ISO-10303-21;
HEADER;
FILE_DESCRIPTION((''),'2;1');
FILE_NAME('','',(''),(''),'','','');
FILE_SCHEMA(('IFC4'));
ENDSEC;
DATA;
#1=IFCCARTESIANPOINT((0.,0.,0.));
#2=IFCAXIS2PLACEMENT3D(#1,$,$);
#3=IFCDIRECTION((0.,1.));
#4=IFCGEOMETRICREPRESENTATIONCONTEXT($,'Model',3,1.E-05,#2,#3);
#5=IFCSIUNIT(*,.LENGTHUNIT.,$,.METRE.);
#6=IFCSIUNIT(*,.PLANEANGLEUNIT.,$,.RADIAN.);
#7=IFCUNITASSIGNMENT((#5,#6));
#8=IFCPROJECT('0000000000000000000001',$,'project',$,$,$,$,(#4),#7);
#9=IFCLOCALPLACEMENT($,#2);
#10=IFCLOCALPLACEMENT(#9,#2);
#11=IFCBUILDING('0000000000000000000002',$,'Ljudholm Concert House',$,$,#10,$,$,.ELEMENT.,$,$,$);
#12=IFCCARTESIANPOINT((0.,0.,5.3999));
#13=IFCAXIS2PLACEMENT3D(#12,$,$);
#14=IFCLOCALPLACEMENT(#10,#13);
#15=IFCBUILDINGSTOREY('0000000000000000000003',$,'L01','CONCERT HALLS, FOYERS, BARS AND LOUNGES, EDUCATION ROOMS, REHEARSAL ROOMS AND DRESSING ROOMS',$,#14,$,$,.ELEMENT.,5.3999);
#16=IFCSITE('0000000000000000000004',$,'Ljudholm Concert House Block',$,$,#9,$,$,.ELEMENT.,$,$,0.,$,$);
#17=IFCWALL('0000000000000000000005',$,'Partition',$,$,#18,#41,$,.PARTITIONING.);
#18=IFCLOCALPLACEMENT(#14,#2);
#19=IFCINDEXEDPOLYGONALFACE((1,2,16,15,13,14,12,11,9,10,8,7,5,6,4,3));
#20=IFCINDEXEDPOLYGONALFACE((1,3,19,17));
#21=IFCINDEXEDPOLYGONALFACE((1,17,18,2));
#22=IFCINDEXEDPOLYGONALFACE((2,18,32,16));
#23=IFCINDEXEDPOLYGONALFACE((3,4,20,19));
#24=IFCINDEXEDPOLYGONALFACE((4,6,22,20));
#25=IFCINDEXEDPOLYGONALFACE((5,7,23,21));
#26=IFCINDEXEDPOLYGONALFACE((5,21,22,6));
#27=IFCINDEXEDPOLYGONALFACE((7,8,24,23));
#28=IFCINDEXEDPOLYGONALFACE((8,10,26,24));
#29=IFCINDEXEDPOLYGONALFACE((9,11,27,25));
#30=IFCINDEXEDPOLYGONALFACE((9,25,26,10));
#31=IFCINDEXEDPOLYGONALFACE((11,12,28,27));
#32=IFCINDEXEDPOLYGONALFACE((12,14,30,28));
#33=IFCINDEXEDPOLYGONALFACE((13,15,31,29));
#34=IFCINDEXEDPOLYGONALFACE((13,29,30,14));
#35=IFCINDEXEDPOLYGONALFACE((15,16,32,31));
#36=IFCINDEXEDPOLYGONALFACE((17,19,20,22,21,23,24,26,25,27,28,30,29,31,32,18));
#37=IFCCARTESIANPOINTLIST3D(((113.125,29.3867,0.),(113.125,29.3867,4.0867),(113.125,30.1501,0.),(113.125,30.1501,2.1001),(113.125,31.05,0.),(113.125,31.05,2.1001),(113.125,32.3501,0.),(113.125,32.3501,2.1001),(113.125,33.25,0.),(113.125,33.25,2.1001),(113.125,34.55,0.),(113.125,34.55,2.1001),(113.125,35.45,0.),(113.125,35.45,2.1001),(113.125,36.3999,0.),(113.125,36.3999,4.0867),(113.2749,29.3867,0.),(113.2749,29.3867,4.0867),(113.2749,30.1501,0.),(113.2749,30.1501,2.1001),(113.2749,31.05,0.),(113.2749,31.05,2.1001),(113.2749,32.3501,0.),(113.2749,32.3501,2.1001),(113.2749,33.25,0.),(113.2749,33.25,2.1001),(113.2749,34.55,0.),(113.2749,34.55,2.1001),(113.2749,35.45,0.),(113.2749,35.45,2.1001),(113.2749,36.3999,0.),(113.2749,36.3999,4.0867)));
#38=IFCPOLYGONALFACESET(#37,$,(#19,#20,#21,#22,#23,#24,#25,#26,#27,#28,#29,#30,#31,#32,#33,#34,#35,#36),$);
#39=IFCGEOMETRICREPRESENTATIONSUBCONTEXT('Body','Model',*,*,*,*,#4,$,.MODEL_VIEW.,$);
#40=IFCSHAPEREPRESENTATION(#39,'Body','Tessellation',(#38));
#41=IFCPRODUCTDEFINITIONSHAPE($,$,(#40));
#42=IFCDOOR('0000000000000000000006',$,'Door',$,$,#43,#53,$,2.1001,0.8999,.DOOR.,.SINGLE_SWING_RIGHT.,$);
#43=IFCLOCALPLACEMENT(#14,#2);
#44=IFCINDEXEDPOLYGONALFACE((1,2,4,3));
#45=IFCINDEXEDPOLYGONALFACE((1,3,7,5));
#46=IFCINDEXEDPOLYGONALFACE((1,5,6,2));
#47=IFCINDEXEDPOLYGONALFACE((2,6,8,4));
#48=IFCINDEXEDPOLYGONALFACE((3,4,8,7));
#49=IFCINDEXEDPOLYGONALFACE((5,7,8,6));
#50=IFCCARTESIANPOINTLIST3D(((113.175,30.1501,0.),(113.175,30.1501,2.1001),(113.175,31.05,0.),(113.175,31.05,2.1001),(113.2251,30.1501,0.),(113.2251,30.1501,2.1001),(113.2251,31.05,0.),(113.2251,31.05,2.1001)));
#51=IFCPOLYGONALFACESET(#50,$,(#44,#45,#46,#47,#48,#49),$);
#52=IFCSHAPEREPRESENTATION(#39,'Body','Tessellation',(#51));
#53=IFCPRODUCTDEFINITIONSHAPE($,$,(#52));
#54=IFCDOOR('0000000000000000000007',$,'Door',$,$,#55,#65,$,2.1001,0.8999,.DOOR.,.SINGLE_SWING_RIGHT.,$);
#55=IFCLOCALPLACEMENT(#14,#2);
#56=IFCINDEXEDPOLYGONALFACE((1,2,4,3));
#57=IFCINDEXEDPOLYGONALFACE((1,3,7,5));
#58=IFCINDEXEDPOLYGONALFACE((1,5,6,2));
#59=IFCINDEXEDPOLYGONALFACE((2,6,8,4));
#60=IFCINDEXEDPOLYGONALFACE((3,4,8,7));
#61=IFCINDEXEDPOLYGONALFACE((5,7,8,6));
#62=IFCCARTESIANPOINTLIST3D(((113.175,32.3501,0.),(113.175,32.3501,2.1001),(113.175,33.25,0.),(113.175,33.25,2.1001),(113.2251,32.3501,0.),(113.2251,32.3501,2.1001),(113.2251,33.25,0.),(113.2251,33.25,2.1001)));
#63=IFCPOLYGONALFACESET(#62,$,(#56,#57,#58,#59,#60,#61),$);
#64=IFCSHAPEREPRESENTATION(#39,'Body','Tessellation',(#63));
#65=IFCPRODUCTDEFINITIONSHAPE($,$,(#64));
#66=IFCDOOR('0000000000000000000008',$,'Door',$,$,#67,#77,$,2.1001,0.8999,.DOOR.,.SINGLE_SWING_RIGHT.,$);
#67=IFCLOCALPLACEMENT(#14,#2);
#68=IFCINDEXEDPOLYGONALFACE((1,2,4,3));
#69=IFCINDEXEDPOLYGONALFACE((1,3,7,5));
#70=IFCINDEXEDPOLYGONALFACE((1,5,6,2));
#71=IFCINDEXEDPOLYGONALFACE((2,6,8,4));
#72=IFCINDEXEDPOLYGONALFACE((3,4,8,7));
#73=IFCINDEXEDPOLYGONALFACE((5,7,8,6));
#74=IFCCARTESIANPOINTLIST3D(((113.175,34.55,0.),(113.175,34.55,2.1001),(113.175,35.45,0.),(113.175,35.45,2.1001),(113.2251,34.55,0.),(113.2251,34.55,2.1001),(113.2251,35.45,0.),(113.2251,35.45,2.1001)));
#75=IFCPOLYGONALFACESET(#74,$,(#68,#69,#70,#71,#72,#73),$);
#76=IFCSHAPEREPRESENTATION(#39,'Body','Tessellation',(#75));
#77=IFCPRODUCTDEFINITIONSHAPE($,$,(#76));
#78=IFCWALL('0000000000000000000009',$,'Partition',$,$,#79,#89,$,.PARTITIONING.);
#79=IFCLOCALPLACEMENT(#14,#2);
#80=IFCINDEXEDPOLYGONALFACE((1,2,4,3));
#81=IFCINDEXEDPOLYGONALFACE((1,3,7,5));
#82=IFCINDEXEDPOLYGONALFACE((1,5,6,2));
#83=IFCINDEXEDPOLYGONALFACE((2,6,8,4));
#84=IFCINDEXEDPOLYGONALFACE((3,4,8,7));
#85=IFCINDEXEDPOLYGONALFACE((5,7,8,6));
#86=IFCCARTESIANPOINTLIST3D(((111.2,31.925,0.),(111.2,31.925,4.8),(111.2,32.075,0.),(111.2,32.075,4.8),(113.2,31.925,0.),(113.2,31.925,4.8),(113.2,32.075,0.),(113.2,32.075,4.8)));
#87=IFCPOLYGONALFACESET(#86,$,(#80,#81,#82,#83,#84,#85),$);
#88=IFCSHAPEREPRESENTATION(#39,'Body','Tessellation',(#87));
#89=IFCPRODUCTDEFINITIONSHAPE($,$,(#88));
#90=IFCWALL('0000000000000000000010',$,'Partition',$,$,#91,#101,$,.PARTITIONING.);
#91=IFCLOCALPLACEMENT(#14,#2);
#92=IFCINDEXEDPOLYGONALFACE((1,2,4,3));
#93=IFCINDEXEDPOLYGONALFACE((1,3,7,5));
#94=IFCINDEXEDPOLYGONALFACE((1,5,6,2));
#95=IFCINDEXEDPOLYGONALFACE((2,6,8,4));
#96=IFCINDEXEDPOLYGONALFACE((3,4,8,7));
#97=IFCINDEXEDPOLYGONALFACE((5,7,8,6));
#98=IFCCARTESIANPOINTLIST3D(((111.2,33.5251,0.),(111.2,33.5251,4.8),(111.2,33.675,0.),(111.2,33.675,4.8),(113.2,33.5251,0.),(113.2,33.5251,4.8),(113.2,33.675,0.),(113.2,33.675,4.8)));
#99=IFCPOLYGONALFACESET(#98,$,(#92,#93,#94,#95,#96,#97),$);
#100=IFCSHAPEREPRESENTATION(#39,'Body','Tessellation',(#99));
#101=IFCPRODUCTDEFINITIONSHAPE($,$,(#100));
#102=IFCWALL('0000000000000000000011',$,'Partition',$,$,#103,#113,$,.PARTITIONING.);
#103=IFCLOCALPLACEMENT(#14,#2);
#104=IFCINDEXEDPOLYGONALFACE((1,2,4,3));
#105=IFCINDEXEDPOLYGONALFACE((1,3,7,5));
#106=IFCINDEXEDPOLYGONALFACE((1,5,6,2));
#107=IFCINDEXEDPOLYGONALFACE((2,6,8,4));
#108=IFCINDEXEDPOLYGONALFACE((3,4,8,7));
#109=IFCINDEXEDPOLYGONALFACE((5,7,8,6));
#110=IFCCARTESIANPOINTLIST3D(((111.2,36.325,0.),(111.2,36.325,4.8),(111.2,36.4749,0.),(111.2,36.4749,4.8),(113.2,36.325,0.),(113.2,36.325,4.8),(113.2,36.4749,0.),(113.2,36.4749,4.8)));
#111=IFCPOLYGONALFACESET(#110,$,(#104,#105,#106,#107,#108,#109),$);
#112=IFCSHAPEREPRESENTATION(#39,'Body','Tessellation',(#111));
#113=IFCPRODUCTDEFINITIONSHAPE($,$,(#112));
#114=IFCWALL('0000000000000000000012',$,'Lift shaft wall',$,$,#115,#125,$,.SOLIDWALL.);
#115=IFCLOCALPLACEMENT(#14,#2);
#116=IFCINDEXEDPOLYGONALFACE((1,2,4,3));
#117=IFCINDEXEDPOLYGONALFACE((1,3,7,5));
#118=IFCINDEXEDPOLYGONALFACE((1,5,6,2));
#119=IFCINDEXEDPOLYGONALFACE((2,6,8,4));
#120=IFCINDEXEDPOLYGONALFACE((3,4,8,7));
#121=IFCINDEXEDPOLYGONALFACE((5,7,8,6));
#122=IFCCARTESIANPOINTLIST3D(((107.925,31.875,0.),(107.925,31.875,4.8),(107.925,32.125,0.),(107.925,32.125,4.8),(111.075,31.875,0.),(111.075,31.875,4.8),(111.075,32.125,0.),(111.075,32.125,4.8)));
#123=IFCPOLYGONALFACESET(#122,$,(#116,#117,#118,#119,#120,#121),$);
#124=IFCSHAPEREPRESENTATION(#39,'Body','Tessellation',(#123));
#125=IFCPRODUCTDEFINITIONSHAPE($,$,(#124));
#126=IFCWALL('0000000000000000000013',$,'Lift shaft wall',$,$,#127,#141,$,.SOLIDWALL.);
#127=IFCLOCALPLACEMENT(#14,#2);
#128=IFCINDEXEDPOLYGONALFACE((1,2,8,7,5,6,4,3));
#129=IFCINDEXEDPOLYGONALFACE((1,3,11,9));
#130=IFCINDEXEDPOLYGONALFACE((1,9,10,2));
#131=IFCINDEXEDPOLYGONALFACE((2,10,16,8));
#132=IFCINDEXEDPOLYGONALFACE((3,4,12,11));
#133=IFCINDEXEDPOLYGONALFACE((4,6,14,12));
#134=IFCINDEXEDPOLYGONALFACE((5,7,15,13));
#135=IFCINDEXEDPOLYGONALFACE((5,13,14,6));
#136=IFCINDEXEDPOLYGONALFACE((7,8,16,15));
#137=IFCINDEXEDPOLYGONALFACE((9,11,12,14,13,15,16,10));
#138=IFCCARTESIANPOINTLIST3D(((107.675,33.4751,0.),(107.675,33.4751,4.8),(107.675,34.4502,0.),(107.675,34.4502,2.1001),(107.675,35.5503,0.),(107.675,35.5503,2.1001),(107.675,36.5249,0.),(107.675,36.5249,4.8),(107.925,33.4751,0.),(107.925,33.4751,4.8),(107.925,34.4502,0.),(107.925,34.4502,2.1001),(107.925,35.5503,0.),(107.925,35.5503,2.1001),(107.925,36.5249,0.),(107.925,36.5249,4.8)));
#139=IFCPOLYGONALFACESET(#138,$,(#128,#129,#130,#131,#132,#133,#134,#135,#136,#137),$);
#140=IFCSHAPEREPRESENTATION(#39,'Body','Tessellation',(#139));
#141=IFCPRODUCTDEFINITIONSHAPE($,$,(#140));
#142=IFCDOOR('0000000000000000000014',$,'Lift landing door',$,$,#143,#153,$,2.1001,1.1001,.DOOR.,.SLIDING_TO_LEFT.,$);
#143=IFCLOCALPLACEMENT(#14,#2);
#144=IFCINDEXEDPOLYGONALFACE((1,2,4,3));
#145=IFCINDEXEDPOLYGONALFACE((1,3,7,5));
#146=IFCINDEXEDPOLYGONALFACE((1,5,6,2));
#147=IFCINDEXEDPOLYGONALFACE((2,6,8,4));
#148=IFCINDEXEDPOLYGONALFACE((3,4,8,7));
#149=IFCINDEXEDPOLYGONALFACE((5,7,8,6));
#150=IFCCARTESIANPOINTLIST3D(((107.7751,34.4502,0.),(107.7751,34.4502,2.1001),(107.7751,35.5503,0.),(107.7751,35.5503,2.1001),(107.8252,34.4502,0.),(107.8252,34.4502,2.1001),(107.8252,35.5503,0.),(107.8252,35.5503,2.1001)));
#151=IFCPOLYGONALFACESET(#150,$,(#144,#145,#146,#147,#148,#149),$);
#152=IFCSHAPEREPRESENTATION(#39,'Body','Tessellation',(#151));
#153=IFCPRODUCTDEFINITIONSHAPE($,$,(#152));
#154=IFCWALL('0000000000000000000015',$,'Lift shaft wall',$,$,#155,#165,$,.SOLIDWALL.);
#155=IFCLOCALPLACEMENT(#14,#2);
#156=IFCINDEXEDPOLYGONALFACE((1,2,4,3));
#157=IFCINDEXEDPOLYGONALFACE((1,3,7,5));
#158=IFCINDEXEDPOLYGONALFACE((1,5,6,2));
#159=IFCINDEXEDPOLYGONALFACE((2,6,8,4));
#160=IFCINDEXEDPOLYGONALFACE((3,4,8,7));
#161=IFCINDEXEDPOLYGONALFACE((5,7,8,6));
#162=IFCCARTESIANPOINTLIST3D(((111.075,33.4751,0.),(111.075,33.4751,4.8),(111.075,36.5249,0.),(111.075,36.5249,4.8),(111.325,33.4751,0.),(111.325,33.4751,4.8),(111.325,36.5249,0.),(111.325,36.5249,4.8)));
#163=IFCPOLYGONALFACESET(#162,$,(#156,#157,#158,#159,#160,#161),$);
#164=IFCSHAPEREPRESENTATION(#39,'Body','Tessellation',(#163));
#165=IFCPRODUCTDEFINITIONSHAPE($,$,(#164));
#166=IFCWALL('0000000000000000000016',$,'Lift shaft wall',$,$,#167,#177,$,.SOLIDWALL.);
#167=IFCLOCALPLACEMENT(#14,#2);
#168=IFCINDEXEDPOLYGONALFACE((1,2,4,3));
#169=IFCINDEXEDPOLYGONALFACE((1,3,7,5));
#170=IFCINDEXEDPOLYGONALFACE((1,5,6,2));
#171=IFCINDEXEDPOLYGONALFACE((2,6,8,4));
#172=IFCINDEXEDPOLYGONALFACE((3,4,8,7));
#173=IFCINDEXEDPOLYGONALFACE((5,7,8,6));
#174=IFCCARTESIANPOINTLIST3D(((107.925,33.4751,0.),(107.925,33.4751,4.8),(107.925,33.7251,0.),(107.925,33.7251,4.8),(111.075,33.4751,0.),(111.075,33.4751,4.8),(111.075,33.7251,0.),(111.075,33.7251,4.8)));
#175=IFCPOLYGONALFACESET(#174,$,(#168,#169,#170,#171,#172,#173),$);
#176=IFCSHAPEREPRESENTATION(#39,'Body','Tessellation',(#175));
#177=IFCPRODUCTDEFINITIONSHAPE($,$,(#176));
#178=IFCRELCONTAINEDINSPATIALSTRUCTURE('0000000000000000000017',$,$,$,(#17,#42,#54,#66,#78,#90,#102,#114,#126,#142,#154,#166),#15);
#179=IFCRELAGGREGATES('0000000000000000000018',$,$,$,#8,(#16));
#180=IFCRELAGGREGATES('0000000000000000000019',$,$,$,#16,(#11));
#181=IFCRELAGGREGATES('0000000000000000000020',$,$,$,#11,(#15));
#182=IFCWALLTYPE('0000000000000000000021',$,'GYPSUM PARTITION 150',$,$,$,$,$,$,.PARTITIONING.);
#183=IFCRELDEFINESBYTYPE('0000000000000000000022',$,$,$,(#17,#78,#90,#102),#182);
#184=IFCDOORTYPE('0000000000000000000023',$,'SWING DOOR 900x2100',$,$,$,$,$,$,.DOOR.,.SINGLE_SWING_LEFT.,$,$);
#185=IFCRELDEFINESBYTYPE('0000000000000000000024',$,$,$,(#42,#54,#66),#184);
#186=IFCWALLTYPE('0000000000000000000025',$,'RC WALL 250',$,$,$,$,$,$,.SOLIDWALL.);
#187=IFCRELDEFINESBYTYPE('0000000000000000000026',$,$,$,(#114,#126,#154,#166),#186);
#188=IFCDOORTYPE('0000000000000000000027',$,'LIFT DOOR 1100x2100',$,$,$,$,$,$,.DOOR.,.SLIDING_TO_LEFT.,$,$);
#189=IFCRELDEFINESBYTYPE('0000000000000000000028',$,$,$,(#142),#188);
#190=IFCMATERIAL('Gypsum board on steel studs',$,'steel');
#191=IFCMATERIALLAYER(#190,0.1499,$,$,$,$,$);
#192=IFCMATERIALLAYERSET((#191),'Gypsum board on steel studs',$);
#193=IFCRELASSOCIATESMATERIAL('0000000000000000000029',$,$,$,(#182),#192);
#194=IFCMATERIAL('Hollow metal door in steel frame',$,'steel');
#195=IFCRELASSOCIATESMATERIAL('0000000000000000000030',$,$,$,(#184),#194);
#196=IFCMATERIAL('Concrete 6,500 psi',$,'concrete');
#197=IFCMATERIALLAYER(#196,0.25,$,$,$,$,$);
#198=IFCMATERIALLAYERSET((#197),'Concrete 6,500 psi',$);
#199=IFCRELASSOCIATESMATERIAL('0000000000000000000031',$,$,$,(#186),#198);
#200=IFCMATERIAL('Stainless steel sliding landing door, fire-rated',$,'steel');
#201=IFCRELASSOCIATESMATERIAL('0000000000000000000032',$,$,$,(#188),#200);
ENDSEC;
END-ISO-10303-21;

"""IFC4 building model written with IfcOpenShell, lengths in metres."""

from ifc_helpers import new_model, si_unit, direction, frame, frame_2d, origin, place, context, subcontext, project, spatial, rectangle, extrude, material, layer, layer_set, type_object, element, fill, save


model = new_model("IFC4")

# Units and contexts
model_context = context("Model", 3, precision=1e-05, world=origin(), true_north=direction((0.0, 1.0)))
body_context = subcontext(model_context, "Body", "Model", "MODEL_VIEW")
ifc_project = project(units=[si_unit("LENGTHUNIT", "METRE"), si_unit("PLANEANGLEUNIT", "RADIAN")], contexts=[model_context])

# Site, building, storey
site_placement = place(None, origin())
site = spatial("IfcSite", under=ifc_project, at=site_placement, Name="Ljudholm Concert House Block", CompositionType="ELEMENT", RefElevation=0.0)
building_placement = place(site_placement, origin())
building = spatial("IfcBuilding", under=site, at=building_placement, Name="Ljudholm Concert House", CompositionType="ELEMENT")
storey_placement = place(building_placement, frame((0.0, 0.0, 5.3999)))
storey = spatial("IfcBuildingStorey", under=building, at=storey_placement, Name="L01", Description="CONCERT HALLS, FOYERS, BARS AND LOUNGES, EDUCATION ROOMS, REHEARSAL ROOMS AND DRESSING ROOMS", CompositionType="ELEMENT", Elevation=5.3999)

# Shared definitions
ifc_material_1 = material(Name="Gypsum board on steel studs", Category="steel")
ifc_layer_1 = layer(ifc_material_1, 0.1499)
ifc_layer_set_1 = layer_set([ifc_layer_1], Name="Gypsum board on steel studs")
wall_type_1 = type_object("IfcWallType", Name="GYPSUM PARTITION 150", PredefinedType="PARTITIONING", material=ifc_layer_set_1)

# Wall, openings, doors
wall_1_placement = place(storey_placement, frame((113.2, 29.3867, 0.0), z_axis=(0.0, 0.0, 1.0), x_axis=(0.0, 1.0, 0.0)))
wall_1 = element("IfcWall", 1, at=wall_1_placement, inside=storey, type_object=wall_type_1, Name="Partition", PredefinedType="PARTITIONING", context=body_context, shape_type="SweptSolid", body=[
    extrude(rectangle(XDim=7.0132, YDim=0.1499, at=frame_2d((3.5066, 0.0))), origin(), (0.0, 0.0, 1.0), 4.0867),
])
opening_1_placement = place(wall_1_placement, frame((0.7634, 0.0, 0.0)))
opening_1 = element("IfcOpeningElement", 2, at=opening_1_placement, cuts=wall_1, PredefinedType="OPENING", context=body_context, shape_type="SweptSolid", body=[
    extrude(rectangle(XDim=0.8999, YDim=2.1001, at=frame_2d((0.45, 1.05))), frame((0.0, 0.085, 0.0), z_axis=(0.0, -1.0, 0.0), x_axis=(1.0, 0.0, 0.0)), (0.0, 0.0, 1.0), 0.1699),
])
opening_2_placement = place(wall_1_placement, frame((2.9634, 0.0, 0.0)))
opening_2 = element("IfcOpeningElement", 3, at=opening_2_placement, cuts=wall_1, PredefinedType="OPENING", context=body_context, shape_type="SweptSolid", body=[
    extrude(rectangle(XDim=0.8999, YDim=2.1001, at=frame_2d((0.45, 1.05))), frame((0.0, 0.085, 0.0), z_axis=(0.0, -1.0, 0.0), x_axis=(1.0, 0.0, 0.0)), (0.0, 0.0, 1.0), 0.1699),
])
opening_3_placement = place(wall_1_placement, frame((5.1633, 0.0, 0.0)))
opening_3 = element("IfcOpeningElement", 4, at=opening_3_placement, cuts=wall_1, PredefinedType="OPENING", context=body_context, shape_type="SweptSolid", body=[
    extrude(rectangle(XDim=0.8999, YDim=2.1001, at=frame_2d((0.45, 1.05))), frame((0.0, 0.085, 0.0), z_axis=(0.0, -1.0, 0.0), x_axis=(1.0, 0.0, 0.0)), (0.0, 0.0, 1.0), 0.1699),
])
ifc_material_2 = material(Name="Hollow metal door in steel frame", Category="steel")
door_type_1 = type_object("IfcDoorType", Name="SWING DOOR 900x2100", OperationType="SINGLE_SWING_LEFT", PredefinedType="DOOR", material=ifc_material_2)
door_1_placement = place(opening_1_placement, origin())
door_1 = element("IfcDoor", 5, at=door_1_placement, inside=storey, type_object=door_type_1, Name="Door", OperationType="SINGLE_SWING_RIGHT", OverallHeight=2.1001, OverallWidth=0.8999, PredefinedType="DOOR", context=body_context, shape_type="SweptSolid", body=[
    extrude(rectangle(XDim=0.8999, YDim=2.1001, at=frame_2d((0.45, 1.05))), frame((0.0, 0.0249, 0.0), z_axis=(0.0, -1.0, 0.0), x_axis=(1.0, 0.0, 0.0)), (0.0, 0.0, 1.0), 0.05),
])
fill(opening_1, door_1)
door_2_placement = place(opening_2_placement, origin())
door_2 = element("IfcDoor", 6, at=door_2_placement, inside=storey, type_object=door_type_1, Name="Door", OperationType="SINGLE_SWING_RIGHT", OverallHeight=2.1001, OverallWidth=0.8999, PredefinedType="DOOR", context=body_context, shape_type="SweptSolid", body=[
    extrude(rectangle(XDim=0.8999, YDim=2.1001, at=frame_2d((0.45, 1.05))), frame((0.0, 0.0249, 0.0), z_axis=(0.0, -1.0, 0.0), x_axis=(1.0, 0.0, 0.0)), (0.0, 0.0, 1.0), 0.05),
])
fill(opening_2, door_2)
door_3_placement = place(opening_3_placement, origin())
door_3 = element("IfcDoor", 7, at=door_3_placement, inside=storey, type_object=door_type_1, Name="Door", OperationType="SINGLE_SWING_RIGHT", OverallHeight=2.1001, OverallWidth=0.8999, PredefinedType="DOOR", context=body_context, shape_type="SweptSolid", body=[
    extrude(rectangle(XDim=0.8999, YDim=2.1001, at=frame_2d((0.45, 1.05))), frame((0.0, 0.0249, 0.0), z_axis=(0.0, -1.0, 0.0), x_axis=(1.0, 0.0, 0.0)), (0.0, 0.0, 1.0), 0.05),
])
fill(opening_3, door_3)

# Walls
for number, where, z_axis, x_axis, name in (
    (8, (111.2, 32.0, 0.0), (0.0, 0.0, 1.0), (1.0, 0.0, 0.0), "Partition"),
    (9, (111.2, 33.6001, 0.0), (0.0, 0.0, 1.0), (1.0, 0.0, 0.0), "Partition"),
    (10, (111.2, 36.3999, 0.0), (0.0, 0.0, 1.0), (1.0, 0.0, 0.0), "Partition"),
):
    element("IfcWall", number, at=place(storey_placement, frame(where, z_axis=z_axis, x_axis=x_axis)), inside=storey, type_object=wall_type_1, Name=name, PredefinedType="PARTITIONING", context=body_context, shape_type="SweptSolid", body=[
        extrude(rectangle(XDim=2.0, YDim=0.1499, at=frame_2d((1.0, 0.0))), origin(), (0.0, 0.0, 1.0), 4.8),
    ])
ifc_material_3 = material(Name="Concrete 6,500 psi", Category="concrete")
ifc_layer_2 = layer(ifc_material_3, 0.25)
ifc_layer_set_2 = layer_set([ifc_layer_2], Name="Concrete 6,500 psi")
wall_type_2 = type_object("IfcWallType", Name="RC WALL 250", PredefinedType="SOLIDWALL", material=ifc_layer_set_2)
wall_2_placement = place(storey_placement, frame((107.925, 32.0, 0.0), z_axis=(0.0, 0.0, 1.0), x_axis=(1.0, 0.0, 0.0)))
element("IfcWall", 11, at=wall_2_placement, inside=storey, type_object=wall_type_2, Name="Lift shaft wall", PredefinedType="SOLIDWALL", context=body_context, shape_type="SweptSolid", body=[
    extrude(rectangle(XDim=3.1499, YDim=0.25, at=frame_2d((1.575, 0.0))), origin(), (0.0, 0.0, 1.0), 4.8),
])

# Wall, opening, door
wall_3_placement = place(storey_placement, frame((107.8, 33.4751, 0.0), z_axis=(0.0, 0.0, 1.0), x_axis=(0.0, 1.0, 0.0)))
wall_3 = element("IfcWall", 12, at=wall_3_placement, inside=storey, type_object=wall_type_2, Name="Lift shaft wall", PredefinedType="SOLIDWALL", context=body_context, shape_type="SweptSolid", body=[
    extrude(rectangle(XDim=3.0498, YDim=0.25, at=frame_2d((1.5249, 0.0))), origin(), (0.0, 0.0, 1.0), 4.8),
])
opening_4_placement = place(wall_3_placement, frame((0.9751, 0.0, 0.0)))
opening_4 = element("IfcOpeningElement", 13, at=opening_4_placement, cuts=wall_3, PredefinedType="OPENING", context=body_context, shape_type="SweptSolid", body=[
    extrude(rectangle(XDim=1.1001, YDim=2.1001, at=frame_2d((0.55, 1.05))), frame((0.0, 0.135, 0.0), z_axis=(0.0, -1.0, 0.0), x_axis=(1.0, 0.0, 0.0)), (0.0, 0.0, 1.0), 0.27),
])
ifc_material_4 = material(Name="Stainless steel sliding landing door, fire-rated", Category="steel")
door_type_2 = type_object("IfcDoorType", Name="LIFT DOOR 1100x2100", OperationType="SLIDING_TO_LEFT", PredefinedType="DOOR", material=ifc_material_4)
door_4_placement = place(opening_4_placement, origin())
door_4 = element("IfcDoor", 14, at=door_4_placement, inside=storey, type_object=door_type_2, Name="Lift landing door", OperationType="SLIDING_TO_LEFT", OverallHeight=2.1001, OverallWidth=1.1001, PredefinedType="DOOR", context=body_context, shape_type="SweptSolid", body=[
    extrude(rectangle(XDim=1.1001, YDim=2.1001, at=frame_2d((0.55, 1.05))), frame((0.0, 0.0249, 0.0), z_axis=(0.0, -1.0, 0.0), x_axis=(1.0, 0.0, 0.0)), (0.0, 0.0, 1.0), 0.05),
])
fill(opening_4, door_4)

# Walls
wall_4_placement = place(storey_placement, frame((111.2, 33.4751, 0.0), z_axis=(0.0, 0.0, 1.0), x_axis=(0.0, 1.0, 0.0)))
element("IfcWall", 15, at=wall_4_placement, inside=storey, type_object=wall_type_2, Name="Lift shaft wall", PredefinedType="SOLIDWALL", context=body_context, shape_type="SweptSolid", body=[
    extrude(rectangle(XDim=3.0498, YDim=0.25, at=frame_2d((1.5249, 0.0))), origin(), (0.0, 0.0, 1.0), 4.8),
])
for number, where, z_axis, x_axis, name in (
    (16, (107.925, 33.6001, 0.0), (0.0, 0.0, 1.0), (1.0, 0.0, 0.0), "Lift shaft wall"),
):
    element("IfcWall", number, at=place(storey_placement, frame(where, z_axis=z_axis, x_axis=x_axis)), inside=storey, type_object=wall_type_2, Name=name, PredefinedType="SOLIDWALL", context=body_context, shape_type="SweptSolid", body=[
        extrude(rectangle(XDim=3.1499, YDim=0.25, at=frame_2d((1.575, 0.0))), origin(), (0.0, 0.0, 1.0), 4.8),
    ])

save(model, "model.ifc")
